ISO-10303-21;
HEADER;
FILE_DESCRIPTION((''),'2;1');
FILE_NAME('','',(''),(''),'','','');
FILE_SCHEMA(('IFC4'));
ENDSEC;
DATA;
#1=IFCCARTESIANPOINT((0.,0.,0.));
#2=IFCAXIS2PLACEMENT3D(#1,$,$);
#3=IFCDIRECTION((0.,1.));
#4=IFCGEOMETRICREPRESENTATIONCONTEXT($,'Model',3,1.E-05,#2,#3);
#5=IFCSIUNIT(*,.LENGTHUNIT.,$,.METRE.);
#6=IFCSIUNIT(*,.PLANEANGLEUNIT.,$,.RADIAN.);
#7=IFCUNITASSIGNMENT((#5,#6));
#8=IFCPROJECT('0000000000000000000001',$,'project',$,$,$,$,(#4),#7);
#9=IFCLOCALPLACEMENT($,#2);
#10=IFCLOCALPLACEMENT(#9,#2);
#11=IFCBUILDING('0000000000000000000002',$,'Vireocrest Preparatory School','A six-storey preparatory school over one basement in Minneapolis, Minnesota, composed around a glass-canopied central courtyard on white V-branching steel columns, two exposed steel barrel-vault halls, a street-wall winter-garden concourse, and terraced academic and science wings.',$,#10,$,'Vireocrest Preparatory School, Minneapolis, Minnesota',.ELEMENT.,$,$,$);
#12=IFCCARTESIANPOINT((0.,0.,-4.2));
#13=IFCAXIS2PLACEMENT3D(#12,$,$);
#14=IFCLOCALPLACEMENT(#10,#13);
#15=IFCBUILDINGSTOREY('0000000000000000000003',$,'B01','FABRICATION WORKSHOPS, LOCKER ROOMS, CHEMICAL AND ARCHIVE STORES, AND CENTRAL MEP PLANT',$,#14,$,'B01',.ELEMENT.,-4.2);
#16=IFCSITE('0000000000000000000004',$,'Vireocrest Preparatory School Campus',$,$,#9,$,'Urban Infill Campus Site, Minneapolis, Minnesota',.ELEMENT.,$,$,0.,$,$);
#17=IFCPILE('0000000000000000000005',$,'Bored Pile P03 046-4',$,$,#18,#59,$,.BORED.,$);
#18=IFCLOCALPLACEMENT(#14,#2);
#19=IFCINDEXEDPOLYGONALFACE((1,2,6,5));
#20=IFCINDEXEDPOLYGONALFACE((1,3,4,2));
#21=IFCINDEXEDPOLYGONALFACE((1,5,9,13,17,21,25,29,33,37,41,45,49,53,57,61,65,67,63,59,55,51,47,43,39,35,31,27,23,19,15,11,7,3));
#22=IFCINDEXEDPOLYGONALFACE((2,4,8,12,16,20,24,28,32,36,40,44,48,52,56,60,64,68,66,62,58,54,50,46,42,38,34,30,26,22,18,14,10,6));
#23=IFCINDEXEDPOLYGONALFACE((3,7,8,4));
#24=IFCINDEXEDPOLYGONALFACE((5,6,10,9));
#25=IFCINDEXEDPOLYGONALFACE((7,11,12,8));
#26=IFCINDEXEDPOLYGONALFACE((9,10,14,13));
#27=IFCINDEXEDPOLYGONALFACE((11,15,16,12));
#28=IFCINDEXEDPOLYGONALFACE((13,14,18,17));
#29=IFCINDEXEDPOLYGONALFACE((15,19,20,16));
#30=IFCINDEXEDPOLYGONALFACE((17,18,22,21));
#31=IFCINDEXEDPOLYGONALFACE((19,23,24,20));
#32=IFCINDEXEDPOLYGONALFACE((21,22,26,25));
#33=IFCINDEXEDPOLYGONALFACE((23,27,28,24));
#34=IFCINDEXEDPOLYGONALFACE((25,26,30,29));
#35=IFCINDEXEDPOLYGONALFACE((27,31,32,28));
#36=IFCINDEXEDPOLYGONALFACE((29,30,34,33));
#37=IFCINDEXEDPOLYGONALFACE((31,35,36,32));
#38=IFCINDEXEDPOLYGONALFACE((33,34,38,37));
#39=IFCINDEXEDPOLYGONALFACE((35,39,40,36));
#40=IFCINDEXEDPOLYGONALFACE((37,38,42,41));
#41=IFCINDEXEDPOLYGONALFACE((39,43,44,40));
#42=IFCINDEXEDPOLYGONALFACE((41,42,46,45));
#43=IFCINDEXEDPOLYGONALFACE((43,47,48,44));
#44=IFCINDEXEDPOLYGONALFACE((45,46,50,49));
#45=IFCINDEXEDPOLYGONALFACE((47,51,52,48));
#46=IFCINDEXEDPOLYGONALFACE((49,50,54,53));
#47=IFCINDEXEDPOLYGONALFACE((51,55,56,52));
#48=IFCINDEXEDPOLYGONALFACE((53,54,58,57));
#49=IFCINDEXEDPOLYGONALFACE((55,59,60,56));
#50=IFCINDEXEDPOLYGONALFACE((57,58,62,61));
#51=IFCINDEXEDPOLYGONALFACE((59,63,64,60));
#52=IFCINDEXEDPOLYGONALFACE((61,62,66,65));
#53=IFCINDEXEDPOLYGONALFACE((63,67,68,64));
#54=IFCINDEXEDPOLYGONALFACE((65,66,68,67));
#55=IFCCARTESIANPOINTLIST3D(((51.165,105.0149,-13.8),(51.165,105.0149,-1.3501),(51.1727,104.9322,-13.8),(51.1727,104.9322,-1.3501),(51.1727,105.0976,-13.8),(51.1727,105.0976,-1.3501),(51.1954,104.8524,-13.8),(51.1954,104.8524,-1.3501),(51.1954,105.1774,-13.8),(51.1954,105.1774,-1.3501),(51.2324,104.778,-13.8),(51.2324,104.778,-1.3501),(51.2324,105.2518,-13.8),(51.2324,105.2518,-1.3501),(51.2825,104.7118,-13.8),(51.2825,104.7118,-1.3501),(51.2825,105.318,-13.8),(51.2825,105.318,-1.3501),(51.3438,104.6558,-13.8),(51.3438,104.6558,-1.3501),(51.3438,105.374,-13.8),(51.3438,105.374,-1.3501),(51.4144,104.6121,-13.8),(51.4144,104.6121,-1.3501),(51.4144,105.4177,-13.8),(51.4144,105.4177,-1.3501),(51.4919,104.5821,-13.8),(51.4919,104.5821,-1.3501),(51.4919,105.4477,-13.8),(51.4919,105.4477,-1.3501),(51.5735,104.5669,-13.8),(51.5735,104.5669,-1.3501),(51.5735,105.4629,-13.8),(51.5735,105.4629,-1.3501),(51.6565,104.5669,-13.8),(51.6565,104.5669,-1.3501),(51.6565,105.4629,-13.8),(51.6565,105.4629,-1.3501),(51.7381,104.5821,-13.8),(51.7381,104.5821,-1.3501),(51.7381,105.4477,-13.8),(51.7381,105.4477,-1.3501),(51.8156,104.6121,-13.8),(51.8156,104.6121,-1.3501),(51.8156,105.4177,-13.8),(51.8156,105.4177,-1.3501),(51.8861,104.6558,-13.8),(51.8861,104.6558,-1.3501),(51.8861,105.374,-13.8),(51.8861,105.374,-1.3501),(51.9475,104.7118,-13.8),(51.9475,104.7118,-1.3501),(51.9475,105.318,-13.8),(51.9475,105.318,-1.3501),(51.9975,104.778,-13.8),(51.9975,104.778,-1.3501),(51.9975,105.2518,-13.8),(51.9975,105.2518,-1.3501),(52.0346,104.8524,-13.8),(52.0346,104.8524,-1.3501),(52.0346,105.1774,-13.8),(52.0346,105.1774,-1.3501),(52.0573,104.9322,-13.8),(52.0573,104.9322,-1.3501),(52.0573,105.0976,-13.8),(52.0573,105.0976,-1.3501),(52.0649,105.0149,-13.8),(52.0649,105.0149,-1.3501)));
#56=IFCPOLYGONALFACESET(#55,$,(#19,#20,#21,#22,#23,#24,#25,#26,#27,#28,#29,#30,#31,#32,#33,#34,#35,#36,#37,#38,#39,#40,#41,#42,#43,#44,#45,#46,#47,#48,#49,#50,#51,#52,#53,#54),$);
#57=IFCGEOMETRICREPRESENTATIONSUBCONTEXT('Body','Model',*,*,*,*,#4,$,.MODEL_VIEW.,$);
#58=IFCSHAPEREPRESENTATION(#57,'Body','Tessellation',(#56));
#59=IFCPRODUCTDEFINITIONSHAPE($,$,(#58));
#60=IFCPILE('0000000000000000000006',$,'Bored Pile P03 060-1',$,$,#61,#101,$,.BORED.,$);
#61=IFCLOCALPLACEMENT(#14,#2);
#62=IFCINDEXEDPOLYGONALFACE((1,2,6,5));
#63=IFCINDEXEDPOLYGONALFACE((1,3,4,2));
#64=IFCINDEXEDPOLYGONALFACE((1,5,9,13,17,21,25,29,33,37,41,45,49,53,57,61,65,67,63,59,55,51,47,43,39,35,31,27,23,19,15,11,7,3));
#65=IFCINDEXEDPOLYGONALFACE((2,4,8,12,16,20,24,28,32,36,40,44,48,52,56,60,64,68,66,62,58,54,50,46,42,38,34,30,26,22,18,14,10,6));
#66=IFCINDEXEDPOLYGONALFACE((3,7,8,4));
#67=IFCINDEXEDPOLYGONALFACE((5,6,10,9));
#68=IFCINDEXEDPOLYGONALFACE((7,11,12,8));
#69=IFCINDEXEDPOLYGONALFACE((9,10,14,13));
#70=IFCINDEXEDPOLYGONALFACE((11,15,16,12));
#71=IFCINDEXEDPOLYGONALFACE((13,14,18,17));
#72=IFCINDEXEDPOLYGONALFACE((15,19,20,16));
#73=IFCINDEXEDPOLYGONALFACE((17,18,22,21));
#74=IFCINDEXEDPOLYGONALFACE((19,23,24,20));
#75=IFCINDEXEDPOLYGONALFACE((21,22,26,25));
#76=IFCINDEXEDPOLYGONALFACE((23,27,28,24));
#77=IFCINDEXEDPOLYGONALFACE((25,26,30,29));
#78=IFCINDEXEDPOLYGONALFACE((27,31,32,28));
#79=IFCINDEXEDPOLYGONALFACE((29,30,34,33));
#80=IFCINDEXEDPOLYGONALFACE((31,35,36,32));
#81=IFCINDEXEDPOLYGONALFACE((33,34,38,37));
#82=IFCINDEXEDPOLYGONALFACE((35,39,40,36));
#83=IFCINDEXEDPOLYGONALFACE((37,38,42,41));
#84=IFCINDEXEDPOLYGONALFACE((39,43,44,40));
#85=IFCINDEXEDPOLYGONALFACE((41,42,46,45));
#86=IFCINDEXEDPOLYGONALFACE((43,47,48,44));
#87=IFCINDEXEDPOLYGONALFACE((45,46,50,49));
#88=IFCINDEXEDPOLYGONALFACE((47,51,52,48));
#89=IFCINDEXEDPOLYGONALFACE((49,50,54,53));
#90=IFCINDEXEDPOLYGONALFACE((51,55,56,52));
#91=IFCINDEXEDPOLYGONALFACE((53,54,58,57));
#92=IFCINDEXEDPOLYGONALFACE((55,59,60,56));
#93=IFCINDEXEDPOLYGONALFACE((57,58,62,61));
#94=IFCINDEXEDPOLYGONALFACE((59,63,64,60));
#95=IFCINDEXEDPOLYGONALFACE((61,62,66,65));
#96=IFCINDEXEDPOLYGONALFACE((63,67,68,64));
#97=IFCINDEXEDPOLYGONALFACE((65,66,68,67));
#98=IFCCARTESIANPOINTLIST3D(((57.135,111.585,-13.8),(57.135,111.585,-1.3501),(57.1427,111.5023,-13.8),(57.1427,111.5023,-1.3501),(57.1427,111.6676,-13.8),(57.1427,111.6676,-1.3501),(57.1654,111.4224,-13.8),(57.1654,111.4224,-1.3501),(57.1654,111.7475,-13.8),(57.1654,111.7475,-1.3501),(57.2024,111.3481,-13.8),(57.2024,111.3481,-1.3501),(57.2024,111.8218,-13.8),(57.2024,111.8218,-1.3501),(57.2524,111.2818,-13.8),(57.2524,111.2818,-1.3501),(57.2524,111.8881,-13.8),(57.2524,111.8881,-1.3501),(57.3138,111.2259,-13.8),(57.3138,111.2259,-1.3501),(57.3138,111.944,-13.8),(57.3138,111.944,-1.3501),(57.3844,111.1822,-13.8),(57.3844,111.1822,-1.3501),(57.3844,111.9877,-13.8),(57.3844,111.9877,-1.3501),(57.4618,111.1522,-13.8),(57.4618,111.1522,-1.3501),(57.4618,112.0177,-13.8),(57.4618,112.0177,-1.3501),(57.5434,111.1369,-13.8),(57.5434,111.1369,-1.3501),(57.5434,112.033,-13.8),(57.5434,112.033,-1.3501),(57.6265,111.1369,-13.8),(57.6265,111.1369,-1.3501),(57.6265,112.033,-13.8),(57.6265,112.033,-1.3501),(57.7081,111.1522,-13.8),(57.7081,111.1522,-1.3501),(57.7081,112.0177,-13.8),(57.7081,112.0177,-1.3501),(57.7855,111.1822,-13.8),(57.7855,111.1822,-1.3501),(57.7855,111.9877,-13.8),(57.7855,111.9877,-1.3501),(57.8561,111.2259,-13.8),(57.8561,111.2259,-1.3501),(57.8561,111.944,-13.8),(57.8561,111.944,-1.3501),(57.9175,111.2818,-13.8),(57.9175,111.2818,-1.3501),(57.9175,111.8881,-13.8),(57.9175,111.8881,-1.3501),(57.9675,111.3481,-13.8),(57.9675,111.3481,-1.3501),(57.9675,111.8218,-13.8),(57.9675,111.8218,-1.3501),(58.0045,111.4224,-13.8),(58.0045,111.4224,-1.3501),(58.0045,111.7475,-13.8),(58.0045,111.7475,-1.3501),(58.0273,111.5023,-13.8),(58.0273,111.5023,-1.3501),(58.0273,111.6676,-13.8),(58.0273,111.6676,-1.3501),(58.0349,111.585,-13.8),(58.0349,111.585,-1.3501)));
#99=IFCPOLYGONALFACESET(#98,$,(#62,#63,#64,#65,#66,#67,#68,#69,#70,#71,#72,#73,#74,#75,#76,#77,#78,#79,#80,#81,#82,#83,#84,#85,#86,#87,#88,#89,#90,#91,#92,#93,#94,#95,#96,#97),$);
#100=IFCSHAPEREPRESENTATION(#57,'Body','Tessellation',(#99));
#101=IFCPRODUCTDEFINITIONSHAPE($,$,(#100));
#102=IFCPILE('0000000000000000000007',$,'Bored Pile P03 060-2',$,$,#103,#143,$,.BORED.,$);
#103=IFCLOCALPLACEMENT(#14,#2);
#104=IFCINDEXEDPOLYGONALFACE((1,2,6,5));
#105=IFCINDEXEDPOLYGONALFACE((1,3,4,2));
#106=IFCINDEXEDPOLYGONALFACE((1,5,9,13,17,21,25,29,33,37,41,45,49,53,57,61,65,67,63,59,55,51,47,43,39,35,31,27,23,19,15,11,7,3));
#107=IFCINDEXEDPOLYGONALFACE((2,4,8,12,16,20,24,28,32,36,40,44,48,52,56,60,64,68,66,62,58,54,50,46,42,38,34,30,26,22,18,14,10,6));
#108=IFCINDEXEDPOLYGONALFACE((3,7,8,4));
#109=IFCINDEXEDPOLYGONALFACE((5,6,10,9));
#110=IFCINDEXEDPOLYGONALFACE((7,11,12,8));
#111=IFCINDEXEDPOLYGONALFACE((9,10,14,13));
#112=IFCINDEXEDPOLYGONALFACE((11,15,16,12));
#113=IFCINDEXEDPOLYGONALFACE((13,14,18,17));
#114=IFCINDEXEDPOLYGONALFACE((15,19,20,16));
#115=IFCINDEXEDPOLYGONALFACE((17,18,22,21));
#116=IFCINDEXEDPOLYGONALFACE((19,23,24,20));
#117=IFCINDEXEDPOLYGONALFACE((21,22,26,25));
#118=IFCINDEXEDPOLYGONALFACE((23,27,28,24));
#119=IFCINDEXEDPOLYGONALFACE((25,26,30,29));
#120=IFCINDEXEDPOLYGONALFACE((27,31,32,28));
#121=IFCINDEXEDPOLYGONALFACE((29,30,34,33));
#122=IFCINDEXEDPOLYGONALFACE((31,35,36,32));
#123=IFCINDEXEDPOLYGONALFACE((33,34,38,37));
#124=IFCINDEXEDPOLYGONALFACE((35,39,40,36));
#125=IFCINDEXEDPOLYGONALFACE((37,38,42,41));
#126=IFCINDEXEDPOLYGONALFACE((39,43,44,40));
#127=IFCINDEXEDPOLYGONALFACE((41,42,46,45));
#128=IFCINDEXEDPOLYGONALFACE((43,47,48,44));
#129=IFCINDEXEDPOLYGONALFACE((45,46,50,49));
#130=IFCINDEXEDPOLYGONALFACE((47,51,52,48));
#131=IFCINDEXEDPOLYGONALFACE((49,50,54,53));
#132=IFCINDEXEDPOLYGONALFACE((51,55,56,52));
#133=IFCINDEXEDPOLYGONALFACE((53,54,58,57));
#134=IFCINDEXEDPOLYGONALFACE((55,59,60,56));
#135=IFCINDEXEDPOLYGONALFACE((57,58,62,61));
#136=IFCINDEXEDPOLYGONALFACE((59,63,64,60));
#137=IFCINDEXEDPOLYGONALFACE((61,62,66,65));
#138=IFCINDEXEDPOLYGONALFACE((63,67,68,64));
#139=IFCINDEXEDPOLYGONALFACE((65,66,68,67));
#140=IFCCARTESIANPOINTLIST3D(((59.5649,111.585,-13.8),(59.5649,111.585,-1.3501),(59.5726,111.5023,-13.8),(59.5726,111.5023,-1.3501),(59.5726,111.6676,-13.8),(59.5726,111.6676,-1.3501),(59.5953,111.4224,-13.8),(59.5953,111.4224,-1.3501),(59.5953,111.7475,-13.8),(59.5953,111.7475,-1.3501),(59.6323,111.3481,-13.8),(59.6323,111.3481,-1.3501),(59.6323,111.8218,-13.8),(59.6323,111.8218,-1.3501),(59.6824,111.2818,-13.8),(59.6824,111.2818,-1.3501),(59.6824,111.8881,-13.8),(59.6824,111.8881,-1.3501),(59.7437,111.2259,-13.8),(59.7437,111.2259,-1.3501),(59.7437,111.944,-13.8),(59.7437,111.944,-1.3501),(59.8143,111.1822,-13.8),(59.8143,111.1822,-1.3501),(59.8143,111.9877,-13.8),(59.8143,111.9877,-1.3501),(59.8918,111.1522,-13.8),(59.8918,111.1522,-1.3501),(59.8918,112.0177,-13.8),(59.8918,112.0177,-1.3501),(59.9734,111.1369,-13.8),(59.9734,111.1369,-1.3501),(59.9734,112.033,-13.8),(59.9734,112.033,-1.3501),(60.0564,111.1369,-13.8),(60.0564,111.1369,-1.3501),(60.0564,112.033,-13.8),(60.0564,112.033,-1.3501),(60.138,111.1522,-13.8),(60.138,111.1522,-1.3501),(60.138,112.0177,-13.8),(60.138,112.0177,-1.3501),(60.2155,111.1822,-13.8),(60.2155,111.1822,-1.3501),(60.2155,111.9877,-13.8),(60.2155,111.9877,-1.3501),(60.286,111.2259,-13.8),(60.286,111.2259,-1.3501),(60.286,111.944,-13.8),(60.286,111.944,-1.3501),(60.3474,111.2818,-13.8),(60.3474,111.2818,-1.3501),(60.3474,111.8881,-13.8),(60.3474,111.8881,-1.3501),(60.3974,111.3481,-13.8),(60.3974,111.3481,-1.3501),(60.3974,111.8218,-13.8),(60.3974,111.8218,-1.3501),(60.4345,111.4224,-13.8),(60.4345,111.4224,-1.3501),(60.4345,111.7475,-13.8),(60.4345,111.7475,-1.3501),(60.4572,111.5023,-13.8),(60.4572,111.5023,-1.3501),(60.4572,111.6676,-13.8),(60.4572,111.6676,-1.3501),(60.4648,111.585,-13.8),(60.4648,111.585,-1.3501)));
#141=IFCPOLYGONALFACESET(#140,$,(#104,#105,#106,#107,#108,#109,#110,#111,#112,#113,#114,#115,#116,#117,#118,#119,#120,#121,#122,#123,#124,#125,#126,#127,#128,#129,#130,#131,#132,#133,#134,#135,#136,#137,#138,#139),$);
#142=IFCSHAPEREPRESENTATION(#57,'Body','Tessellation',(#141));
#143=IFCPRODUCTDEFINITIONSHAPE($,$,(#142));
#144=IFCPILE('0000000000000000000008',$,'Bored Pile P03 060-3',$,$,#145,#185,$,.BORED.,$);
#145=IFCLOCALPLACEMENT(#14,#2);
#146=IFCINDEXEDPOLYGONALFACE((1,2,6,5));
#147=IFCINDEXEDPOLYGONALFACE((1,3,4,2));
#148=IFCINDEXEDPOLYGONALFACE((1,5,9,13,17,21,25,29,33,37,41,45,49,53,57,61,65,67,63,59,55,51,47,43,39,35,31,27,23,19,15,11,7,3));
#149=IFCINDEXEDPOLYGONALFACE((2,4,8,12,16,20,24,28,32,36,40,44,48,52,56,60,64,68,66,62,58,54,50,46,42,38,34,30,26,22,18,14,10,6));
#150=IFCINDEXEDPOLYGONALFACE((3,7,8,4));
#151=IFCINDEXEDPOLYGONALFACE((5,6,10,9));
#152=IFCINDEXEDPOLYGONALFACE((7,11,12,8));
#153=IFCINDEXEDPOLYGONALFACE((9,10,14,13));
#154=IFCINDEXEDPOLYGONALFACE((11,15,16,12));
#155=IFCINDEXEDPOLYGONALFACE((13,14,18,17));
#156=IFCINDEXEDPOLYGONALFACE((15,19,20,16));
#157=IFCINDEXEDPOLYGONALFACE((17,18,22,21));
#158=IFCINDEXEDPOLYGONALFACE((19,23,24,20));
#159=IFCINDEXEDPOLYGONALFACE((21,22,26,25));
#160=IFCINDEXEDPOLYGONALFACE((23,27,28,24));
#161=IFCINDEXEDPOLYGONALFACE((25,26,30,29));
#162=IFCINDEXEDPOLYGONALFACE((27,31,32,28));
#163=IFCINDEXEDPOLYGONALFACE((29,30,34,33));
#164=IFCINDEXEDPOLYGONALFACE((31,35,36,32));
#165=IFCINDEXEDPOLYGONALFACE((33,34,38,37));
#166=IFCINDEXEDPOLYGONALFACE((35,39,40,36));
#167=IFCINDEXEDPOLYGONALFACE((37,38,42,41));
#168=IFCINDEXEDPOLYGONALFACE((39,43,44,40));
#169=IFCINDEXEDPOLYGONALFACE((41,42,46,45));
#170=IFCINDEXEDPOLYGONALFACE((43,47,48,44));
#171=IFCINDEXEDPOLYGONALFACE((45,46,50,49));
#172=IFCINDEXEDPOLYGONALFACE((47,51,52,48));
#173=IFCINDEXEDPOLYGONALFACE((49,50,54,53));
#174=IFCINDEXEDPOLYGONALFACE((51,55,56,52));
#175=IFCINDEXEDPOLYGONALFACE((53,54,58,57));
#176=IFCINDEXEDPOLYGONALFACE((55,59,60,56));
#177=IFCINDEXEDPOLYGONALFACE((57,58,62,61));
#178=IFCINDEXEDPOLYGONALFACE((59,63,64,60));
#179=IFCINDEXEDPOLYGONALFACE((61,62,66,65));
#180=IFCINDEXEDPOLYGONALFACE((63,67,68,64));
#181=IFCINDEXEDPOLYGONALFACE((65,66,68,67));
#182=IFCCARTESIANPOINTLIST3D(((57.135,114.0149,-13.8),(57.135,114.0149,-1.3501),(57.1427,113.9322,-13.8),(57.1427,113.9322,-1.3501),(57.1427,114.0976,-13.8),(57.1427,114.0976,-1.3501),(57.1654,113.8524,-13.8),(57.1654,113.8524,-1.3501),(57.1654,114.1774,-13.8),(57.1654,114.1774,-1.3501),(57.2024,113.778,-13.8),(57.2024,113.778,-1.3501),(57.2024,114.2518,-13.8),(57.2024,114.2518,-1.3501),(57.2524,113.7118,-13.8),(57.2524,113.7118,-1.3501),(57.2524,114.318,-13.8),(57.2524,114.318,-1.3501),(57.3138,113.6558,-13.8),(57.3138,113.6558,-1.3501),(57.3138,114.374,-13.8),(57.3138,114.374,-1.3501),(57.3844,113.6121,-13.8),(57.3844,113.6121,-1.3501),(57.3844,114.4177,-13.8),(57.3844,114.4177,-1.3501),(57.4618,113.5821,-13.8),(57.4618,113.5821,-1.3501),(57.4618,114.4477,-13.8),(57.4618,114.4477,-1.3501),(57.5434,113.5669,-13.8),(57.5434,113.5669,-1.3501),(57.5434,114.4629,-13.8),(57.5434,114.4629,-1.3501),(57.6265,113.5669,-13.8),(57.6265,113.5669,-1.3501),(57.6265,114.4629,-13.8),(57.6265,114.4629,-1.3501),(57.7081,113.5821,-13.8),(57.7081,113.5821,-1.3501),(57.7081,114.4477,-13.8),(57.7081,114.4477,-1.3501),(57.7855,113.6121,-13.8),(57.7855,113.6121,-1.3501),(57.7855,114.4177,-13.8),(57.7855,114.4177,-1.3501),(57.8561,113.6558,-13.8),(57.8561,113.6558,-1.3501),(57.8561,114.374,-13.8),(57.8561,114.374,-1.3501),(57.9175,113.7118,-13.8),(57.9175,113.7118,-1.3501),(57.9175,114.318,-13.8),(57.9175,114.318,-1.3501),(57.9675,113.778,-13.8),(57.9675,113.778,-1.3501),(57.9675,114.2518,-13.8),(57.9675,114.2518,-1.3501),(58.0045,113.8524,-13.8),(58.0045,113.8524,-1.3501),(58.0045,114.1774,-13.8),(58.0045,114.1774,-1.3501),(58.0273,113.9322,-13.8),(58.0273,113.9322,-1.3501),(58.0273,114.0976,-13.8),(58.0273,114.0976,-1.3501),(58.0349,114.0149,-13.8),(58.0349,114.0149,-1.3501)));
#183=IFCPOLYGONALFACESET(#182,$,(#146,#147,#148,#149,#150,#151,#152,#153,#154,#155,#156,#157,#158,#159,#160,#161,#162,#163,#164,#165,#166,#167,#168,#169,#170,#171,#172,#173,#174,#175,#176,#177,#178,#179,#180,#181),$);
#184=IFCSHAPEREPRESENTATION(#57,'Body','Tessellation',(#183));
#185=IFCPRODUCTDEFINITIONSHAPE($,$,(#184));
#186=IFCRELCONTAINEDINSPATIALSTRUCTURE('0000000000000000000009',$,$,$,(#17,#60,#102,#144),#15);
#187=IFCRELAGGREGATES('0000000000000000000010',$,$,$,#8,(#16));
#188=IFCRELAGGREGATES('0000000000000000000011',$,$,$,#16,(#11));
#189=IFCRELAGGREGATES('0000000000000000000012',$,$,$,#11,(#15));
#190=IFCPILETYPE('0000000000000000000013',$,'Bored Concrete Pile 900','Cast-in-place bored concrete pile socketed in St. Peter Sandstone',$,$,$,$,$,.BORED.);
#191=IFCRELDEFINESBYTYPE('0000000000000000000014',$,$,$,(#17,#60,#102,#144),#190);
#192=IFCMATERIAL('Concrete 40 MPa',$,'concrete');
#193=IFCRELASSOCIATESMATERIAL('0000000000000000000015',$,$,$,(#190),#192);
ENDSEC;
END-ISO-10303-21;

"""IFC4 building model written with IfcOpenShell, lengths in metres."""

from ifc_helpers import new_model, si_unit, direction, frame, origin, origin_2d, place, context, subcontext, project, spatial, circle, extrude, material, material_profile, profile_set, type_object, element, save


model = new_model("IFC4")

# Units and contexts
model_context = context("Model", 3, precision=1e-05, world=origin(), true_north=direction((0.0, 1.0)))
body_context = subcontext(model_context, "Body", "Model", "MODEL_VIEW")
ifc_project = project(units=[si_unit("LENGTHUNIT", "METRE"), si_unit("PLANEANGLEUNIT", "RADIAN")], contexts=[model_context])

# Site, building, storey
site_placement = place(None, origin())
site = spatial("IfcSite", under=ifc_project, at=site_placement, Name="Vireocrest Preparatory School Campus", LongName="Urban Infill Campus Site, Minneapolis, Minnesota", CompositionType="ELEMENT", RefElevation=0.0)
building_placement = place(site_placement, origin())
building = spatial("IfcBuilding", under=site, at=building_placement, Name="Vireocrest Preparatory School", Description="A six-storey preparatory school over one basement in Minneapolis, Minnesota, composed around a glass-canopied central courtyard on white V-branching steel columns, two exposed steel barrel-vault halls, a street-wall winter-garden concourse, and terraced academic and science wings.", LongName="Vireocrest Preparatory School, Minneapolis, Minnesota", CompositionType="ELEMENT")
storey_placement = place(building_placement, frame((0.0, 0.0, -4.2)))
storey = spatial("IfcBuildingStorey", under=building, at=storey_placement, Name="B01", Description="FABRICATION WORKSHOPS, LOCKER ROOMS, CHEMICAL AND ARCHIVE STORES, AND CENTRAL MEP PLANT", LongName="B01", CompositionType="ELEMENT", Elevation=-4.2)

# Piles
ifc_material_1 = material(Name="Concrete 40 MPa", Category="concrete")
ifc_material_profile_1 = material_profile(ifc_material_1, circle(Radius=0.45, at=origin_2d()), Name="BORED PILE 900")
ifc_profile_set_1 = profile_set([ifc_material_profile_1], Name="Concrete 40 MPa")
pile_type_1 = type_object("IfcPileType", Name="Bored Concrete Pile 900", Description="Cast-in-place bored concrete pile socketed in St. Peter Sandstone", PredefinedType="BORED", material=ifc_profile_set_1)
for number, where, z_axis, x_axis, name in (
    (1, (51.615, 105.0149, -1.3501), (0.0, 0.0, -1.0), (1.0, 0.0, 0.0), "Bored Pile P03 046-4"),
    (2, (57.585, 111.585, -1.3501), (0.0, 0.0, -1.0), (1.0, 0.0, 0.0), "Bored Pile P03 060-1"),
    (3, (60.0149, 111.585, -1.3501), (0.0, 0.0, -1.0), (1.0, 0.0, 0.0), "Bored Pile P03 060-2"),
    (4, (57.585, 114.0149, -1.3501), (0.0, 0.0, -1.0), (1.0, 0.0, 0.0), "Bored Pile P03 060-3"),
):
    element("IfcPile", number, at=place(storey_placement, frame(where, z_axis=z_axis, x_axis=x_axis)), inside=storey, type_object=pile_type_1, Name=name, PredefinedType="BORED", context=body_context, shape_type="SweptSolid", body=[
        extrude(circle(Radius=0.45, at=origin_2d()), origin(), (0.0, 0.0, 1.0), 12.45),
    ])

save(model, "model.ifc")
